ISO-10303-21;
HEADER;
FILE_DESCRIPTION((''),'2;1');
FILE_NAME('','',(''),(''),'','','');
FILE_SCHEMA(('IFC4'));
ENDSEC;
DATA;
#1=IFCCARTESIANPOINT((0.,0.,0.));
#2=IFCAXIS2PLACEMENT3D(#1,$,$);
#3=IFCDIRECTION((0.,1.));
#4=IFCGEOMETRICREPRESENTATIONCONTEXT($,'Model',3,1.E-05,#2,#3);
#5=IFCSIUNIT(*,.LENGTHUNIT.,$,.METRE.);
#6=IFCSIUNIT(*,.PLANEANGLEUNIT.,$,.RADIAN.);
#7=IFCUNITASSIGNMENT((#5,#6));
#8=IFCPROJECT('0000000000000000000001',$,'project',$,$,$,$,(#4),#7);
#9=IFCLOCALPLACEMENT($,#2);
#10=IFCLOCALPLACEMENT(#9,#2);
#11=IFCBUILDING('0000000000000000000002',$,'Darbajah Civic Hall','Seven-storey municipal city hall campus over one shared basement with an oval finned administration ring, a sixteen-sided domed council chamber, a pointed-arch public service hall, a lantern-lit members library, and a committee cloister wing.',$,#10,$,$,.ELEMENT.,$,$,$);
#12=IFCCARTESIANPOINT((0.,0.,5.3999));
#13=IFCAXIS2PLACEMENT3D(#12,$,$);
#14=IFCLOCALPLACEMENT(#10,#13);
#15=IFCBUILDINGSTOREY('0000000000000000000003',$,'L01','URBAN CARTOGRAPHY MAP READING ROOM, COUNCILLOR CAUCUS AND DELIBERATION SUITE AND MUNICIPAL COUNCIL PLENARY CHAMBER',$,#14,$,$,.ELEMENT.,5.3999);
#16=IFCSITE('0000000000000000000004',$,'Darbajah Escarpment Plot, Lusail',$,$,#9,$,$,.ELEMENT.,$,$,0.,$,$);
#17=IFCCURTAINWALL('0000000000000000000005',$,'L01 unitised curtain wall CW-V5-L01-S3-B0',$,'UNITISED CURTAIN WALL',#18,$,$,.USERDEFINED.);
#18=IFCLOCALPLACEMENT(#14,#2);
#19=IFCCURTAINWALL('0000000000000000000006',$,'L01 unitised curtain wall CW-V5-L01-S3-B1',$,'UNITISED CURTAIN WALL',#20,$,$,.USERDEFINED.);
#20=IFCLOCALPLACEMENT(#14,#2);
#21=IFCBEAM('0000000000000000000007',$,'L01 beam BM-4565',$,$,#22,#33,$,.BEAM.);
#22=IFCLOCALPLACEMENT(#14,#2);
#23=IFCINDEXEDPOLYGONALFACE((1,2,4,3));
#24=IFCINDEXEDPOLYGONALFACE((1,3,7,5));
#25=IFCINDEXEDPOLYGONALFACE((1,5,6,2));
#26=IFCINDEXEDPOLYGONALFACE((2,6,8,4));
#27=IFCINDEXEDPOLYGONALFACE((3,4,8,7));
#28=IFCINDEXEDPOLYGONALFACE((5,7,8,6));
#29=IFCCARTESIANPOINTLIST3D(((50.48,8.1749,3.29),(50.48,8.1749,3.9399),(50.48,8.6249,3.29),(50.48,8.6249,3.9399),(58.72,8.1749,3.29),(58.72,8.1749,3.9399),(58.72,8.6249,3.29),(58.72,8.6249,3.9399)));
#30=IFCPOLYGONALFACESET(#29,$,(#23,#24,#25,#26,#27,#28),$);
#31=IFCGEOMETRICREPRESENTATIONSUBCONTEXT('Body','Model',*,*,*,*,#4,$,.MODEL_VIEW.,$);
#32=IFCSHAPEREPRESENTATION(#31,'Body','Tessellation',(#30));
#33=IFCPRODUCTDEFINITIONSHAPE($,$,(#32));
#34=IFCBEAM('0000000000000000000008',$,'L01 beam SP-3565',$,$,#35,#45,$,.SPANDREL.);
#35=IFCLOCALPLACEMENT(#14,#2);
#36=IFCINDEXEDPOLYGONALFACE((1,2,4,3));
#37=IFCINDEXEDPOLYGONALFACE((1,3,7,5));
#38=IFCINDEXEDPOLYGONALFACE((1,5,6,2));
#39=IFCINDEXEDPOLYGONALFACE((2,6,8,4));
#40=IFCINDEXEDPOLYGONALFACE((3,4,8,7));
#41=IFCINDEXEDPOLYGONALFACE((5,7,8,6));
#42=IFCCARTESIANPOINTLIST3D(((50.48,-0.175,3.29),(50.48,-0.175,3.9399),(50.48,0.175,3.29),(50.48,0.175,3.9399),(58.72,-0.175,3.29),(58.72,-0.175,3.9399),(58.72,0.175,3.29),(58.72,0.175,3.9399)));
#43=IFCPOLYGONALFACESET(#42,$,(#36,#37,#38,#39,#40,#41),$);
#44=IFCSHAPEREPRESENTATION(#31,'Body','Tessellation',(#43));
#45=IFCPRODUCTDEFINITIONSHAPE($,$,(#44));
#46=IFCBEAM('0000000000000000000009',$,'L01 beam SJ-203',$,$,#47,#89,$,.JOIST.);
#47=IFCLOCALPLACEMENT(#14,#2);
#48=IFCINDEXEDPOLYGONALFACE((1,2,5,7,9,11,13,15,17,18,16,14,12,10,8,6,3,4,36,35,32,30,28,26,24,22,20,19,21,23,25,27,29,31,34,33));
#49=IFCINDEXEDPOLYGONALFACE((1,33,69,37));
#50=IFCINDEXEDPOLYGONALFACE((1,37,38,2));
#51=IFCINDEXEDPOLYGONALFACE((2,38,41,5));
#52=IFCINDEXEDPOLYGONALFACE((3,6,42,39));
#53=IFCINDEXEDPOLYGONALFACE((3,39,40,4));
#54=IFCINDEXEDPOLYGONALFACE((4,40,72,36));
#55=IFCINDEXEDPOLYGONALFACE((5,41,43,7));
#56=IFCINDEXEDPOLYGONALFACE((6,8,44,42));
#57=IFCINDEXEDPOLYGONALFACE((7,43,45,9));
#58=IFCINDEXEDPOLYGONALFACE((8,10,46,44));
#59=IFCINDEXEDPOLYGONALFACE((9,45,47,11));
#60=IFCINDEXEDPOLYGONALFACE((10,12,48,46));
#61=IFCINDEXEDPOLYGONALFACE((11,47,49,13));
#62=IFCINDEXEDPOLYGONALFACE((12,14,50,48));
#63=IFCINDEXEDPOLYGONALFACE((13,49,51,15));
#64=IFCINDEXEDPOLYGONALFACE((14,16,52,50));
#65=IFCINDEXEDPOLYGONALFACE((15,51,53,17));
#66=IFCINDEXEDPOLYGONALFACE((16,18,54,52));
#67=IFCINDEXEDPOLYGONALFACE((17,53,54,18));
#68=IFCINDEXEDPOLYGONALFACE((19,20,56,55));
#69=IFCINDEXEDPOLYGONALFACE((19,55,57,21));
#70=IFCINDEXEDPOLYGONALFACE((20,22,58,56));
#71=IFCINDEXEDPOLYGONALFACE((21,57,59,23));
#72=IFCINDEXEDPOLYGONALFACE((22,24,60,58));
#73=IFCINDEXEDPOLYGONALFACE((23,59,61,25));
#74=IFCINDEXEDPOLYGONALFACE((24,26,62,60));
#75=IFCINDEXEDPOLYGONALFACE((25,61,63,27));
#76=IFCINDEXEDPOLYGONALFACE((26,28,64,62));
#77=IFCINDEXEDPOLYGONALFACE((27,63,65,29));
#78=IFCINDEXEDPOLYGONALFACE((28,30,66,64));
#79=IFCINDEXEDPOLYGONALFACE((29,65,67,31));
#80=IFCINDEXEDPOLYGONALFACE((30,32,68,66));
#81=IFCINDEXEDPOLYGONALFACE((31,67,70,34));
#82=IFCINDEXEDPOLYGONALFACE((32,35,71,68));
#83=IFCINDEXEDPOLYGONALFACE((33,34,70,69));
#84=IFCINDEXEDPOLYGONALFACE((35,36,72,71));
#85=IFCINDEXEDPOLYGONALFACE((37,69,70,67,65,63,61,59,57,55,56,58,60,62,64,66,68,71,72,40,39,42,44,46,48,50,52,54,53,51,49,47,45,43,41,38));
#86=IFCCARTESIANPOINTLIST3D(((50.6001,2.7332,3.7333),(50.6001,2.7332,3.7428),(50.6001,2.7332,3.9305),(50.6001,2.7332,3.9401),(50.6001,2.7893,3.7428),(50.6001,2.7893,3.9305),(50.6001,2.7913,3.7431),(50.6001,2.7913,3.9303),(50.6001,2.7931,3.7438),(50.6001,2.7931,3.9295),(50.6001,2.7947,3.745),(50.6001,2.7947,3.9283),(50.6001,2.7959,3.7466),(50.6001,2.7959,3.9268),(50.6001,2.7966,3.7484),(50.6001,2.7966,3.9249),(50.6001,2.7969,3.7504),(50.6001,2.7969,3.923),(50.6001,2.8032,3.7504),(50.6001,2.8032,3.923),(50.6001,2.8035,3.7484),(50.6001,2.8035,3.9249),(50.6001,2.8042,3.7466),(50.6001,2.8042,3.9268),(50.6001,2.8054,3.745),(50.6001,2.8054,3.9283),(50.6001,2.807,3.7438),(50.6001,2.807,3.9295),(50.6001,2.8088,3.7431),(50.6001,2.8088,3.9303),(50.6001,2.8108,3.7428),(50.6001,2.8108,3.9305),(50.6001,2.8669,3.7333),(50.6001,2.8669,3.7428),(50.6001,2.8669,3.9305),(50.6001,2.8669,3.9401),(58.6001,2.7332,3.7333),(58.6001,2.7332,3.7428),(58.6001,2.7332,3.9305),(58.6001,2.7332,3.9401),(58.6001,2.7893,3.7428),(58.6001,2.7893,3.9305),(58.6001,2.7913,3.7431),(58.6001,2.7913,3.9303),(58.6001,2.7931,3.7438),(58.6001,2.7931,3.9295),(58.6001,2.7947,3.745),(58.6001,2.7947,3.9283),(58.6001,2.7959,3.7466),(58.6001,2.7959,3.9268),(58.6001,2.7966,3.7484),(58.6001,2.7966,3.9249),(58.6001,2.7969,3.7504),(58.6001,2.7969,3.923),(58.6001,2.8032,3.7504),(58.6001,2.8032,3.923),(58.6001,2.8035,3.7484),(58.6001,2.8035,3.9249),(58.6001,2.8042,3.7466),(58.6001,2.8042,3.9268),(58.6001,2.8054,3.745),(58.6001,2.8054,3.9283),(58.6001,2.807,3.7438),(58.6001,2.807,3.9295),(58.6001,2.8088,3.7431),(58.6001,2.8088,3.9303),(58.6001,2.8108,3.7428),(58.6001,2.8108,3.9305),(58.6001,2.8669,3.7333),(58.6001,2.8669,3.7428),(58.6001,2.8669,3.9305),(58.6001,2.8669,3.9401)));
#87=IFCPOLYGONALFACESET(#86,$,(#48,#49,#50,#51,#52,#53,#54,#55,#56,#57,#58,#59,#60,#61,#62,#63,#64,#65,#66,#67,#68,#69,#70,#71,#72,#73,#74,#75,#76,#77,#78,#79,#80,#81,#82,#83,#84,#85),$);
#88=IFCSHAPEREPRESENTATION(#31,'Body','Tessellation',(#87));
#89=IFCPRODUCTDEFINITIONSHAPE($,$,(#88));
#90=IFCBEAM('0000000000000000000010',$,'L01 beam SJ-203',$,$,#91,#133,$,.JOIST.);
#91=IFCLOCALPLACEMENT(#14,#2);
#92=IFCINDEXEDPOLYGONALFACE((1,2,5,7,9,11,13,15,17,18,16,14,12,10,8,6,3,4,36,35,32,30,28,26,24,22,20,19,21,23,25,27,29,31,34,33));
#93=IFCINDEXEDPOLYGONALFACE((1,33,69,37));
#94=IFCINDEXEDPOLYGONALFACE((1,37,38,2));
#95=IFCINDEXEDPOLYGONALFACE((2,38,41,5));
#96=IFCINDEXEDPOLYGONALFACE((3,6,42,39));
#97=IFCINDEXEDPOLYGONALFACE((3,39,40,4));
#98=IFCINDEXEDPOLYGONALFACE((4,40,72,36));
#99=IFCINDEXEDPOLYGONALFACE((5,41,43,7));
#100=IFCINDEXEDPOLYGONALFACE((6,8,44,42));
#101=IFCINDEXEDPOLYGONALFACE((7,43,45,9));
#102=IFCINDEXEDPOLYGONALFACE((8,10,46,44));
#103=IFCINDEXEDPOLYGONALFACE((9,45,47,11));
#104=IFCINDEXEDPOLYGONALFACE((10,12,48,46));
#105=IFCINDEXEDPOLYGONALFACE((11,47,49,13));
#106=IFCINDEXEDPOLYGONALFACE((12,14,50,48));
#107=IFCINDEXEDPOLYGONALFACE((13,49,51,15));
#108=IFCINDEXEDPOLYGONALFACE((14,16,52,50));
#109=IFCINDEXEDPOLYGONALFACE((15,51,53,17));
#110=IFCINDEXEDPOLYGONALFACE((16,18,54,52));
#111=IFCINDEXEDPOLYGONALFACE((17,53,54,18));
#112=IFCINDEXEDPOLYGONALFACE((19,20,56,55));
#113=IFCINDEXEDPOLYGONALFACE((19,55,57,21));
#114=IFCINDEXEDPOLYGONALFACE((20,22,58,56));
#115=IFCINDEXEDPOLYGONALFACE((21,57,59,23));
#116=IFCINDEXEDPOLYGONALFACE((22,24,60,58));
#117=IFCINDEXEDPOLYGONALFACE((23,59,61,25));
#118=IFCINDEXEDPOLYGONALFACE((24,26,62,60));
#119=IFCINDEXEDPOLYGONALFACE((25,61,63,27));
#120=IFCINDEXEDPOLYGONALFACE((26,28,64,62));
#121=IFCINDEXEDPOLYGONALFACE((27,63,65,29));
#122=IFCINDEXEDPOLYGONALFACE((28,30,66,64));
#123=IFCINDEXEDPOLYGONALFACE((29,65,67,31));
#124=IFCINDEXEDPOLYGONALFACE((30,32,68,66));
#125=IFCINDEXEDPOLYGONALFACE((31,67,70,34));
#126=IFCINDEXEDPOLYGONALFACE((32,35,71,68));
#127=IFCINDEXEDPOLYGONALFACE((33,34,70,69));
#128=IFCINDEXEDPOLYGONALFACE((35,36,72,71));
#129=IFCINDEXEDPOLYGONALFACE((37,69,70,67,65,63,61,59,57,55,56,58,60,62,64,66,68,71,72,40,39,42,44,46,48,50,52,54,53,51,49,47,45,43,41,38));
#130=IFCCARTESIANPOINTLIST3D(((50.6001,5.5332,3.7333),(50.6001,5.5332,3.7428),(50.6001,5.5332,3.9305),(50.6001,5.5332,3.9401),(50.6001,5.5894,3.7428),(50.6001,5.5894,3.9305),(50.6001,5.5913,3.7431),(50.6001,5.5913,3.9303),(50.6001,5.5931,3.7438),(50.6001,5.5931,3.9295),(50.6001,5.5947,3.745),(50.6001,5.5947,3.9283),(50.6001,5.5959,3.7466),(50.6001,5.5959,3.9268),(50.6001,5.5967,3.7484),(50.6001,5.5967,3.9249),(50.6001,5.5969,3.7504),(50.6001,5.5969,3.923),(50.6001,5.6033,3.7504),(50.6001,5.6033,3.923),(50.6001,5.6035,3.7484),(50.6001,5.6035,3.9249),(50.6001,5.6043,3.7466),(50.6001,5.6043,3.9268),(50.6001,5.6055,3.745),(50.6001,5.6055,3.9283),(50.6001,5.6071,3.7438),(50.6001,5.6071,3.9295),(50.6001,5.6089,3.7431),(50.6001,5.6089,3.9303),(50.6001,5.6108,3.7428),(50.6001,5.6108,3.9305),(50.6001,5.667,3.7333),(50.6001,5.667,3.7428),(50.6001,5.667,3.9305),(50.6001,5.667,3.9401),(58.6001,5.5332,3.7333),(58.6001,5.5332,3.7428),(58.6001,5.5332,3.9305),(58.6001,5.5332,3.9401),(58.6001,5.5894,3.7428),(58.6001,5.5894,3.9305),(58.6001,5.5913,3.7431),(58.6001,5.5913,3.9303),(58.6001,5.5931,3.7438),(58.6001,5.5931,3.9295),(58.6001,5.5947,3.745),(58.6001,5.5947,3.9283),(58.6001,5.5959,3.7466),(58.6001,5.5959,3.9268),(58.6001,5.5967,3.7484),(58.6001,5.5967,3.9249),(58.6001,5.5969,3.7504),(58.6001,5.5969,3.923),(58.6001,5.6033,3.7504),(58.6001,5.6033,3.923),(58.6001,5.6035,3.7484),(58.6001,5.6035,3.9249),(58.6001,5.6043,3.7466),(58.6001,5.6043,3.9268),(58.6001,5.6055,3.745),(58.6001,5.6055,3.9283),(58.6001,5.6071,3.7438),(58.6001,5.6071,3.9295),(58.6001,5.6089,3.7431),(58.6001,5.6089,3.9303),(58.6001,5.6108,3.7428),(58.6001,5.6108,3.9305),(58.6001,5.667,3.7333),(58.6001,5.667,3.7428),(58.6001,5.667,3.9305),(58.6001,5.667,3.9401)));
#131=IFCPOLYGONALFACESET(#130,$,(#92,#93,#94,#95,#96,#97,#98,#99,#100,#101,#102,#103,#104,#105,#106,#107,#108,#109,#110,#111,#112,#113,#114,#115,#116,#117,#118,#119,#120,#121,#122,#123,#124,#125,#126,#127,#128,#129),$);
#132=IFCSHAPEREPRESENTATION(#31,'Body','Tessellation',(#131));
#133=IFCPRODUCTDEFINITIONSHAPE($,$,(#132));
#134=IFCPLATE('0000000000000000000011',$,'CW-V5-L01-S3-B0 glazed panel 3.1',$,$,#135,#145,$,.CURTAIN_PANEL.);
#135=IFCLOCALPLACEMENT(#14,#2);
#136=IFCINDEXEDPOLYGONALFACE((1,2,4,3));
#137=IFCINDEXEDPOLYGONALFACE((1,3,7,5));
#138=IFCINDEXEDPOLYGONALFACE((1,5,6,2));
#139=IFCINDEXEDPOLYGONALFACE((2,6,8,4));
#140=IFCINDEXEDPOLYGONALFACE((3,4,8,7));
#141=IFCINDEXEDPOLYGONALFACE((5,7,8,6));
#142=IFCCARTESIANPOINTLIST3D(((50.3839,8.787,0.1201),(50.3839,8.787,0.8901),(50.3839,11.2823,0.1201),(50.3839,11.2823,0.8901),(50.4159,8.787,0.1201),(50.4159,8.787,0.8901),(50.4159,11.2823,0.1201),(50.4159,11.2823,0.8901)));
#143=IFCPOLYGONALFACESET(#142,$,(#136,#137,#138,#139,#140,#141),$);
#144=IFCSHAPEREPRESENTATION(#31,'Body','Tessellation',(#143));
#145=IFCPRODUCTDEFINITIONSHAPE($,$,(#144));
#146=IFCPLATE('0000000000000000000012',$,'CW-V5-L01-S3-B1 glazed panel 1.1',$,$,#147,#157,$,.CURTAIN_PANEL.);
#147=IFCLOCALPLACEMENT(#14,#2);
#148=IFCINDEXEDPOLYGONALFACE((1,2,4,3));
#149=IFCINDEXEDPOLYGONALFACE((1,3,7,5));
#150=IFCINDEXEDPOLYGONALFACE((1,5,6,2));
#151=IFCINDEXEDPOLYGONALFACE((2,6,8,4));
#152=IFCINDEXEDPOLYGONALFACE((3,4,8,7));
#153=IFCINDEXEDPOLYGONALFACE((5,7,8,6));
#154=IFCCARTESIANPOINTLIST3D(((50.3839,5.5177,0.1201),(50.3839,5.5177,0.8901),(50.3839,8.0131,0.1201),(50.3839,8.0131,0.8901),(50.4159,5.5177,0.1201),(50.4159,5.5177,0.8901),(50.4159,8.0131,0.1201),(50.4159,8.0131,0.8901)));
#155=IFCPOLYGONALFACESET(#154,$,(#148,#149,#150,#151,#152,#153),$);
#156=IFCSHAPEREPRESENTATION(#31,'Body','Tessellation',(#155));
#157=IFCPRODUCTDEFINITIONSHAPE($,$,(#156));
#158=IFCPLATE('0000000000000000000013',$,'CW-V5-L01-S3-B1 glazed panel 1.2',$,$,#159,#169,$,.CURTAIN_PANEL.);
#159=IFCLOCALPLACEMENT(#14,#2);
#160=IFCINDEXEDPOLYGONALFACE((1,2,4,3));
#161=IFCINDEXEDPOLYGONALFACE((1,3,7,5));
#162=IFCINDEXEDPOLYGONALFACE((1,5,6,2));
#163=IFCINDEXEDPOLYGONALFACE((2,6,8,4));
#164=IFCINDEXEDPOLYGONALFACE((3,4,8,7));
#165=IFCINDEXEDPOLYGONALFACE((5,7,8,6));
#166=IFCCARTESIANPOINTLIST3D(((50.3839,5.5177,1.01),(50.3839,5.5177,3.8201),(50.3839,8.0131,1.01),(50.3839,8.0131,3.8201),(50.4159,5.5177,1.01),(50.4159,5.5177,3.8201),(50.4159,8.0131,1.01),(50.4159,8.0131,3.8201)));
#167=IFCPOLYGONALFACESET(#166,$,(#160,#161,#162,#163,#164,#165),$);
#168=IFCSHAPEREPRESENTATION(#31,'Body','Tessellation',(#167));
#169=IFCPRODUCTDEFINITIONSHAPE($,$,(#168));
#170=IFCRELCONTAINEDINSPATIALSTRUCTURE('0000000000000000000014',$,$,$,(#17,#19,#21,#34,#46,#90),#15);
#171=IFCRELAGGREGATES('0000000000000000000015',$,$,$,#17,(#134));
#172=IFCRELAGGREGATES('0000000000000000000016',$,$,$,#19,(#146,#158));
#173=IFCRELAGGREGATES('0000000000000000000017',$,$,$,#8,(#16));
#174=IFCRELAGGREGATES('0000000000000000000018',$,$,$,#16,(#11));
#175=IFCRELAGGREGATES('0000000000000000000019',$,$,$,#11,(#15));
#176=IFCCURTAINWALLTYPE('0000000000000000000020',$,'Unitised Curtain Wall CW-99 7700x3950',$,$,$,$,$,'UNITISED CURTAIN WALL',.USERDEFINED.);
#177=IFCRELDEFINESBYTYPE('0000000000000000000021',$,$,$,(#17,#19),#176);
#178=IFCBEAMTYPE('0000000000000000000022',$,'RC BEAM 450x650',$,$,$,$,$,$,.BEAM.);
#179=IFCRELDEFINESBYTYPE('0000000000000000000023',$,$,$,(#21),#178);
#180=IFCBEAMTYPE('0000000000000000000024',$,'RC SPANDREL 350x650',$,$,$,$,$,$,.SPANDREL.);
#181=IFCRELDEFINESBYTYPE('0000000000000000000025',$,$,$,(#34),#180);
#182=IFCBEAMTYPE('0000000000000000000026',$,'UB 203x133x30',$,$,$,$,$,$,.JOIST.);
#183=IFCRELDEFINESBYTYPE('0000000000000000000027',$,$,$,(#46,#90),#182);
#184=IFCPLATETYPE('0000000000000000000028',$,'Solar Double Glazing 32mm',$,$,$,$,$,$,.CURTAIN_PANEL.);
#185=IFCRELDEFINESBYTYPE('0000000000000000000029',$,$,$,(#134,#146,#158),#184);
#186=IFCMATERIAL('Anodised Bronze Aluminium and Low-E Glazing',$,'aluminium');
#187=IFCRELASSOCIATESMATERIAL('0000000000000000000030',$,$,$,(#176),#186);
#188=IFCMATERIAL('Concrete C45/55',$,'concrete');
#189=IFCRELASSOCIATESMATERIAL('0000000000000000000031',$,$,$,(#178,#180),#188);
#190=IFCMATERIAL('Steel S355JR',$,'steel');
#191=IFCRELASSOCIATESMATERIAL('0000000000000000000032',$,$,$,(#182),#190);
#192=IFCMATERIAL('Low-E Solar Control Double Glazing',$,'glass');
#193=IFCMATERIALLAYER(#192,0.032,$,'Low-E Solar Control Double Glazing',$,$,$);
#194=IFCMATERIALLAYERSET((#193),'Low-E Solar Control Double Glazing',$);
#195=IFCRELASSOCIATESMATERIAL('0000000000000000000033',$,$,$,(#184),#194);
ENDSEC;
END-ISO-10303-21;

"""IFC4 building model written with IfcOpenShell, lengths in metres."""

from ifc_helpers import new_model, si_unit, direction, frame, origin, origin_2d, place, context, subcontext, project, spatial, rectangle, i_section, extrude, material, layer, layer_set, material_profile, profile_set, type_object, element, aggregate, save


model = new_model("IFC4")

# Units and contexts
model_context = context("Model", 3, precision=1e-05, world=origin(), true_north=direction((0.0, 1.0)))
body_context = subcontext(model_context, "Body", "Model", "MODEL_VIEW")
ifc_project = project(units=[si_unit("LENGTHUNIT", "METRE"), si_unit("PLANEANGLEUNIT", "RADIAN")], contexts=[model_context])

# Site, building, storey
site_placement = place(None, origin())
site = spatial("IfcSite", under=ifc_project, at=site_placement, Name="Darbajah Escarpment Plot, Lusail", CompositionType="ELEMENT", RefElevation=0.0)
building_placement = place(site_placement, origin())
building = spatial("IfcBuilding", under=site, at=building_placement, Name="Darbajah Civic Hall", Description="Seven-storey municipal city hall campus over one shared basement with an oval finned administration ring, a sixteen-sided domed council chamber, a pointed-arch public service hall, a lantern-lit members library, and a committee cloister wing.", CompositionType="ELEMENT")
storey_placement = place(building_placement, frame((0.0, 0.0, 5.3999)))
storey = spatial("IfcBuildingStorey", under=building, at=storey_placement, Name="L01", Description="URBAN CARTOGRAPHY MAP READING ROOM, COUNCILLOR CAUCUS AND DELIBERATION SUITE AND MUNICIPAL COUNCIL PLENARY CHAMBER", CompositionType="ELEMENT", Elevation=5.3999)

# Shared definitions
ifc_material_1 = material(Name="Concrete C45/55", Category="concrete")

# Curtain wall
ifc_material_2 = material(Name="Anodised Bronze Aluminium and Low-E Glazing", Category="aluminium")
curtain_wall_type = type_object("IfcCurtainWallType", Name="Unitised Curtain Wall CW-99 7700x3950", ElementType="UNITISED CURTAIN WALL", PredefinedType="USERDEFINED", material=ifc_material_2)
curtain_wall_1_placement = place(storey_placement, origin())
curtain_wall_1 = element("IfcCurtainWall", 1, at=curtain_wall_1_placement, inside=storey, type_object=curtain_wall_type, Name="L01 unitised curtain wall CW-V5-L01-S3-B0", ObjectType="UNITISED CURTAIN WALL", PredefinedType="USERDEFINED")

# Curtain wall
curtain_wall_2_placement = place(storey_placement, origin())
curtain_wall_2 = element("IfcCurtainWall", 2, at=curtain_wall_2_placement, inside=storey, type_object=curtain_wall_type, Name="L01 unitised curtain wall CW-V5-L01-S3-B1", ObjectType="UNITISED CURTAIN WALL", PredefinedType="USERDEFINED")

# Beams
ifc_material_profile_1 = material_profile(ifc_material_1, rectangle(XDim=0.45, YDim=0.6499, at=origin_2d()), Name="RC BEAM 450x650")
ifc_profile_set_1 = profile_set([ifc_material_profile_1], Name="Concrete C45/55")
beam_type_1 = type_object("IfcBeamType", Name="RC BEAM 450x650", PredefinedType="BEAM", material=ifc_profile_set_1)
beam_1_placement = place(storey_placement, frame((50.48, 8.3999, 3.615), z_axis=(1.0, 0.0, 0.0), x_axis=(0.0, 1.0, 0.0)))
element("IfcBeam", 3, at=beam_1_placement, inside=storey, type_object=beam_type_1, Name="L01 beam BM-4565", PredefinedType="BEAM", context=body_context, shape_type="SweptSolid", body=[
    extrude(rectangle(XDim=0.45, YDim=0.6499, at=origin_2d()), origin(), (0.0, 0.0, 1.0), 8.24),
])
ifc_material_profile_2 = material_profile(ifc_material_1, rectangle(XDim=0.3501, YDim=0.6499, at=origin_2d()), Name="RC SPANDREL 350x650")
ifc_profile_set_2 = profile_set([ifc_material_profile_2], Name="Concrete C45/55")
beam_type_2 = type_object("IfcBeamType", Name="RC SPANDREL 350x650", PredefinedType="SPANDREL", material=ifc_profile_set_2)
beam_2_placement = place(storey_placement, frame((50.48, 0.0, 3.615), z_axis=(1.0, 0.0, 0.0), x_axis=(0.0, 1.0, 0.0)))
element("IfcBeam", 4, at=beam_2_placement, inside=storey, type_object=beam_type_2, Name="L01 beam SP-3565", PredefinedType="SPANDREL", context=body_context, shape_type="SweptSolid", body=[
    extrude(rectangle(XDim=0.3501, YDim=0.6499, at=origin_2d()), origin(), (0.0, 0.0, 1.0), 8.24),
])
ifc_material_3 = material(Name="Steel S355JR", Category="steel")
ifc_material_profile_3 = material_profile(ifc_material_3, i_section(OverallWidth=0.1338, OverallDepth=0.2068, WebThickness=0.0063, FlangeThickness=0.0095, FilletRadius=0.0076, at=origin_2d()), Name="UB 203x133x30")
ifc_profile_set_3 = profile_set([ifc_material_profile_3], Name="Steel S355JR")
beam_type_3 = type_object("IfcBeamType", Name="UB 203x133x30", PredefinedType="JOIST", material=ifc_profile_set_3)
for number, where, z_axis, x_axis, name in (
    (5, (50.6001, 2.8, 3.8367), (1.0, 0.0, 0.0), (0.0, 1.0, 0.0), "L01 beam SJ-203"),
    (6, (50.6001, 5.6001, 3.8367), (1.0, 0.0, 0.0), (0.0, 1.0, 0.0), "L01 beam SJ-203"),
):
    element("IfcBeam", number, at=place(storey_placement, frame(where, z_axis=z_axis, x_axis=x_axis)), inside=storey, type_object=beam_type_3, Name=name, PredefinedType="JOIST", context=body_context, shape_type="SweptSolid", body=[
        extrude(i_section(OverallWidth=0.1338, OverallDepth=0.2068, WebThickness=0.0063, FlangeThickness=0.0095, FilletRadius=0.0076, at=origin_2d()), origin(), (0.0, 0.0, 1.0), 8.0),
    ])

# Plates
ifc_material_4 = material(Name="Low-E Solar Control Double Glazing", Category="glass")
ifc_layer_1 = layer(ifc_material_4, 0.032, Name="Low-E Solar Control Double Glazing")
ifc_layer_set_1 = layer_set([ifc_layer_1], Name="Low-E Solar Control Double Glazing")
plate_type = type_object("IfcPlateType", Name="Solar Double Glazing 32mm", PredefinedType="CURTAIN_PANEL", material=ifc_layer_set_1)
plate_1_placement = place(storey_placement, frame((50.3999, 10.0347, 0.1201), z_axis=(0.0, 0.0, 1.0), x_axis=(0.0, -1.0, 0.0)))
plate_1 = element("IfcPlate", 7, at=plate_1_placement, type_object=plate_type, Name="CW-V5-L01-S3-B0 glazed panel 3.1", PredefinedType="CURTAIN_PANEL", context=body_context, shape_type="SweptSolid", body=[
    extrude(rectangle(XDim=2.4954, YDim=0.032, at=origin_2d()), origin(), (0.0, 0.0, 1.0), 0.77),
])
aggregate(curtain_wall_1, [plate_1])
plate_2_placement = place(storey_placement, frame((50.3999, 6.7654, 0.1201), z_axis=(0.0, 0.0, 1.0), x_axis=(0.0, -1.0, 0.0)))
plate_2 = element("IfcPlate", 8, at=plate_2_placement, type_object=plate_type, Name="CW-V5-L01-S3-B1 glazed panel 1.1", PredefinedType="CURTAIN_PANEL", context=body_context, shape_type="SweptSolid", body=[
    extrude(rectangle(XDim=2.4954, YDim=0.032, at=origin_2d()), origin(), (0.0, 0.0, 1.0), 0.77),
])
plate_3_placement = place(storey_placement, frame((50.3999, 6.7654, 1.01), z_axis=(0.0, 0.0, 1.0), x_axis=(0.0, -1.0, 0.0)))
plate_3 = element("IfcPlate", 9, at=plate_3_placement, type_object=plate_type, Name="CW-V5-L01-S3-B1 glazed panel 1.2", PredefinedType="CURTAIN_PANEL", context=body_context, shape_type="SweptSolid", body=[
    extrude(rectangle(XDim=2.4954, YDim=0.032, at=origin_2d()), origin(), (0.0, 0.0, 1.0), 2.8101),
])
aggregate(curtain_wall_2, [plate_2, plate_3])

save(model, "model.ifc")
